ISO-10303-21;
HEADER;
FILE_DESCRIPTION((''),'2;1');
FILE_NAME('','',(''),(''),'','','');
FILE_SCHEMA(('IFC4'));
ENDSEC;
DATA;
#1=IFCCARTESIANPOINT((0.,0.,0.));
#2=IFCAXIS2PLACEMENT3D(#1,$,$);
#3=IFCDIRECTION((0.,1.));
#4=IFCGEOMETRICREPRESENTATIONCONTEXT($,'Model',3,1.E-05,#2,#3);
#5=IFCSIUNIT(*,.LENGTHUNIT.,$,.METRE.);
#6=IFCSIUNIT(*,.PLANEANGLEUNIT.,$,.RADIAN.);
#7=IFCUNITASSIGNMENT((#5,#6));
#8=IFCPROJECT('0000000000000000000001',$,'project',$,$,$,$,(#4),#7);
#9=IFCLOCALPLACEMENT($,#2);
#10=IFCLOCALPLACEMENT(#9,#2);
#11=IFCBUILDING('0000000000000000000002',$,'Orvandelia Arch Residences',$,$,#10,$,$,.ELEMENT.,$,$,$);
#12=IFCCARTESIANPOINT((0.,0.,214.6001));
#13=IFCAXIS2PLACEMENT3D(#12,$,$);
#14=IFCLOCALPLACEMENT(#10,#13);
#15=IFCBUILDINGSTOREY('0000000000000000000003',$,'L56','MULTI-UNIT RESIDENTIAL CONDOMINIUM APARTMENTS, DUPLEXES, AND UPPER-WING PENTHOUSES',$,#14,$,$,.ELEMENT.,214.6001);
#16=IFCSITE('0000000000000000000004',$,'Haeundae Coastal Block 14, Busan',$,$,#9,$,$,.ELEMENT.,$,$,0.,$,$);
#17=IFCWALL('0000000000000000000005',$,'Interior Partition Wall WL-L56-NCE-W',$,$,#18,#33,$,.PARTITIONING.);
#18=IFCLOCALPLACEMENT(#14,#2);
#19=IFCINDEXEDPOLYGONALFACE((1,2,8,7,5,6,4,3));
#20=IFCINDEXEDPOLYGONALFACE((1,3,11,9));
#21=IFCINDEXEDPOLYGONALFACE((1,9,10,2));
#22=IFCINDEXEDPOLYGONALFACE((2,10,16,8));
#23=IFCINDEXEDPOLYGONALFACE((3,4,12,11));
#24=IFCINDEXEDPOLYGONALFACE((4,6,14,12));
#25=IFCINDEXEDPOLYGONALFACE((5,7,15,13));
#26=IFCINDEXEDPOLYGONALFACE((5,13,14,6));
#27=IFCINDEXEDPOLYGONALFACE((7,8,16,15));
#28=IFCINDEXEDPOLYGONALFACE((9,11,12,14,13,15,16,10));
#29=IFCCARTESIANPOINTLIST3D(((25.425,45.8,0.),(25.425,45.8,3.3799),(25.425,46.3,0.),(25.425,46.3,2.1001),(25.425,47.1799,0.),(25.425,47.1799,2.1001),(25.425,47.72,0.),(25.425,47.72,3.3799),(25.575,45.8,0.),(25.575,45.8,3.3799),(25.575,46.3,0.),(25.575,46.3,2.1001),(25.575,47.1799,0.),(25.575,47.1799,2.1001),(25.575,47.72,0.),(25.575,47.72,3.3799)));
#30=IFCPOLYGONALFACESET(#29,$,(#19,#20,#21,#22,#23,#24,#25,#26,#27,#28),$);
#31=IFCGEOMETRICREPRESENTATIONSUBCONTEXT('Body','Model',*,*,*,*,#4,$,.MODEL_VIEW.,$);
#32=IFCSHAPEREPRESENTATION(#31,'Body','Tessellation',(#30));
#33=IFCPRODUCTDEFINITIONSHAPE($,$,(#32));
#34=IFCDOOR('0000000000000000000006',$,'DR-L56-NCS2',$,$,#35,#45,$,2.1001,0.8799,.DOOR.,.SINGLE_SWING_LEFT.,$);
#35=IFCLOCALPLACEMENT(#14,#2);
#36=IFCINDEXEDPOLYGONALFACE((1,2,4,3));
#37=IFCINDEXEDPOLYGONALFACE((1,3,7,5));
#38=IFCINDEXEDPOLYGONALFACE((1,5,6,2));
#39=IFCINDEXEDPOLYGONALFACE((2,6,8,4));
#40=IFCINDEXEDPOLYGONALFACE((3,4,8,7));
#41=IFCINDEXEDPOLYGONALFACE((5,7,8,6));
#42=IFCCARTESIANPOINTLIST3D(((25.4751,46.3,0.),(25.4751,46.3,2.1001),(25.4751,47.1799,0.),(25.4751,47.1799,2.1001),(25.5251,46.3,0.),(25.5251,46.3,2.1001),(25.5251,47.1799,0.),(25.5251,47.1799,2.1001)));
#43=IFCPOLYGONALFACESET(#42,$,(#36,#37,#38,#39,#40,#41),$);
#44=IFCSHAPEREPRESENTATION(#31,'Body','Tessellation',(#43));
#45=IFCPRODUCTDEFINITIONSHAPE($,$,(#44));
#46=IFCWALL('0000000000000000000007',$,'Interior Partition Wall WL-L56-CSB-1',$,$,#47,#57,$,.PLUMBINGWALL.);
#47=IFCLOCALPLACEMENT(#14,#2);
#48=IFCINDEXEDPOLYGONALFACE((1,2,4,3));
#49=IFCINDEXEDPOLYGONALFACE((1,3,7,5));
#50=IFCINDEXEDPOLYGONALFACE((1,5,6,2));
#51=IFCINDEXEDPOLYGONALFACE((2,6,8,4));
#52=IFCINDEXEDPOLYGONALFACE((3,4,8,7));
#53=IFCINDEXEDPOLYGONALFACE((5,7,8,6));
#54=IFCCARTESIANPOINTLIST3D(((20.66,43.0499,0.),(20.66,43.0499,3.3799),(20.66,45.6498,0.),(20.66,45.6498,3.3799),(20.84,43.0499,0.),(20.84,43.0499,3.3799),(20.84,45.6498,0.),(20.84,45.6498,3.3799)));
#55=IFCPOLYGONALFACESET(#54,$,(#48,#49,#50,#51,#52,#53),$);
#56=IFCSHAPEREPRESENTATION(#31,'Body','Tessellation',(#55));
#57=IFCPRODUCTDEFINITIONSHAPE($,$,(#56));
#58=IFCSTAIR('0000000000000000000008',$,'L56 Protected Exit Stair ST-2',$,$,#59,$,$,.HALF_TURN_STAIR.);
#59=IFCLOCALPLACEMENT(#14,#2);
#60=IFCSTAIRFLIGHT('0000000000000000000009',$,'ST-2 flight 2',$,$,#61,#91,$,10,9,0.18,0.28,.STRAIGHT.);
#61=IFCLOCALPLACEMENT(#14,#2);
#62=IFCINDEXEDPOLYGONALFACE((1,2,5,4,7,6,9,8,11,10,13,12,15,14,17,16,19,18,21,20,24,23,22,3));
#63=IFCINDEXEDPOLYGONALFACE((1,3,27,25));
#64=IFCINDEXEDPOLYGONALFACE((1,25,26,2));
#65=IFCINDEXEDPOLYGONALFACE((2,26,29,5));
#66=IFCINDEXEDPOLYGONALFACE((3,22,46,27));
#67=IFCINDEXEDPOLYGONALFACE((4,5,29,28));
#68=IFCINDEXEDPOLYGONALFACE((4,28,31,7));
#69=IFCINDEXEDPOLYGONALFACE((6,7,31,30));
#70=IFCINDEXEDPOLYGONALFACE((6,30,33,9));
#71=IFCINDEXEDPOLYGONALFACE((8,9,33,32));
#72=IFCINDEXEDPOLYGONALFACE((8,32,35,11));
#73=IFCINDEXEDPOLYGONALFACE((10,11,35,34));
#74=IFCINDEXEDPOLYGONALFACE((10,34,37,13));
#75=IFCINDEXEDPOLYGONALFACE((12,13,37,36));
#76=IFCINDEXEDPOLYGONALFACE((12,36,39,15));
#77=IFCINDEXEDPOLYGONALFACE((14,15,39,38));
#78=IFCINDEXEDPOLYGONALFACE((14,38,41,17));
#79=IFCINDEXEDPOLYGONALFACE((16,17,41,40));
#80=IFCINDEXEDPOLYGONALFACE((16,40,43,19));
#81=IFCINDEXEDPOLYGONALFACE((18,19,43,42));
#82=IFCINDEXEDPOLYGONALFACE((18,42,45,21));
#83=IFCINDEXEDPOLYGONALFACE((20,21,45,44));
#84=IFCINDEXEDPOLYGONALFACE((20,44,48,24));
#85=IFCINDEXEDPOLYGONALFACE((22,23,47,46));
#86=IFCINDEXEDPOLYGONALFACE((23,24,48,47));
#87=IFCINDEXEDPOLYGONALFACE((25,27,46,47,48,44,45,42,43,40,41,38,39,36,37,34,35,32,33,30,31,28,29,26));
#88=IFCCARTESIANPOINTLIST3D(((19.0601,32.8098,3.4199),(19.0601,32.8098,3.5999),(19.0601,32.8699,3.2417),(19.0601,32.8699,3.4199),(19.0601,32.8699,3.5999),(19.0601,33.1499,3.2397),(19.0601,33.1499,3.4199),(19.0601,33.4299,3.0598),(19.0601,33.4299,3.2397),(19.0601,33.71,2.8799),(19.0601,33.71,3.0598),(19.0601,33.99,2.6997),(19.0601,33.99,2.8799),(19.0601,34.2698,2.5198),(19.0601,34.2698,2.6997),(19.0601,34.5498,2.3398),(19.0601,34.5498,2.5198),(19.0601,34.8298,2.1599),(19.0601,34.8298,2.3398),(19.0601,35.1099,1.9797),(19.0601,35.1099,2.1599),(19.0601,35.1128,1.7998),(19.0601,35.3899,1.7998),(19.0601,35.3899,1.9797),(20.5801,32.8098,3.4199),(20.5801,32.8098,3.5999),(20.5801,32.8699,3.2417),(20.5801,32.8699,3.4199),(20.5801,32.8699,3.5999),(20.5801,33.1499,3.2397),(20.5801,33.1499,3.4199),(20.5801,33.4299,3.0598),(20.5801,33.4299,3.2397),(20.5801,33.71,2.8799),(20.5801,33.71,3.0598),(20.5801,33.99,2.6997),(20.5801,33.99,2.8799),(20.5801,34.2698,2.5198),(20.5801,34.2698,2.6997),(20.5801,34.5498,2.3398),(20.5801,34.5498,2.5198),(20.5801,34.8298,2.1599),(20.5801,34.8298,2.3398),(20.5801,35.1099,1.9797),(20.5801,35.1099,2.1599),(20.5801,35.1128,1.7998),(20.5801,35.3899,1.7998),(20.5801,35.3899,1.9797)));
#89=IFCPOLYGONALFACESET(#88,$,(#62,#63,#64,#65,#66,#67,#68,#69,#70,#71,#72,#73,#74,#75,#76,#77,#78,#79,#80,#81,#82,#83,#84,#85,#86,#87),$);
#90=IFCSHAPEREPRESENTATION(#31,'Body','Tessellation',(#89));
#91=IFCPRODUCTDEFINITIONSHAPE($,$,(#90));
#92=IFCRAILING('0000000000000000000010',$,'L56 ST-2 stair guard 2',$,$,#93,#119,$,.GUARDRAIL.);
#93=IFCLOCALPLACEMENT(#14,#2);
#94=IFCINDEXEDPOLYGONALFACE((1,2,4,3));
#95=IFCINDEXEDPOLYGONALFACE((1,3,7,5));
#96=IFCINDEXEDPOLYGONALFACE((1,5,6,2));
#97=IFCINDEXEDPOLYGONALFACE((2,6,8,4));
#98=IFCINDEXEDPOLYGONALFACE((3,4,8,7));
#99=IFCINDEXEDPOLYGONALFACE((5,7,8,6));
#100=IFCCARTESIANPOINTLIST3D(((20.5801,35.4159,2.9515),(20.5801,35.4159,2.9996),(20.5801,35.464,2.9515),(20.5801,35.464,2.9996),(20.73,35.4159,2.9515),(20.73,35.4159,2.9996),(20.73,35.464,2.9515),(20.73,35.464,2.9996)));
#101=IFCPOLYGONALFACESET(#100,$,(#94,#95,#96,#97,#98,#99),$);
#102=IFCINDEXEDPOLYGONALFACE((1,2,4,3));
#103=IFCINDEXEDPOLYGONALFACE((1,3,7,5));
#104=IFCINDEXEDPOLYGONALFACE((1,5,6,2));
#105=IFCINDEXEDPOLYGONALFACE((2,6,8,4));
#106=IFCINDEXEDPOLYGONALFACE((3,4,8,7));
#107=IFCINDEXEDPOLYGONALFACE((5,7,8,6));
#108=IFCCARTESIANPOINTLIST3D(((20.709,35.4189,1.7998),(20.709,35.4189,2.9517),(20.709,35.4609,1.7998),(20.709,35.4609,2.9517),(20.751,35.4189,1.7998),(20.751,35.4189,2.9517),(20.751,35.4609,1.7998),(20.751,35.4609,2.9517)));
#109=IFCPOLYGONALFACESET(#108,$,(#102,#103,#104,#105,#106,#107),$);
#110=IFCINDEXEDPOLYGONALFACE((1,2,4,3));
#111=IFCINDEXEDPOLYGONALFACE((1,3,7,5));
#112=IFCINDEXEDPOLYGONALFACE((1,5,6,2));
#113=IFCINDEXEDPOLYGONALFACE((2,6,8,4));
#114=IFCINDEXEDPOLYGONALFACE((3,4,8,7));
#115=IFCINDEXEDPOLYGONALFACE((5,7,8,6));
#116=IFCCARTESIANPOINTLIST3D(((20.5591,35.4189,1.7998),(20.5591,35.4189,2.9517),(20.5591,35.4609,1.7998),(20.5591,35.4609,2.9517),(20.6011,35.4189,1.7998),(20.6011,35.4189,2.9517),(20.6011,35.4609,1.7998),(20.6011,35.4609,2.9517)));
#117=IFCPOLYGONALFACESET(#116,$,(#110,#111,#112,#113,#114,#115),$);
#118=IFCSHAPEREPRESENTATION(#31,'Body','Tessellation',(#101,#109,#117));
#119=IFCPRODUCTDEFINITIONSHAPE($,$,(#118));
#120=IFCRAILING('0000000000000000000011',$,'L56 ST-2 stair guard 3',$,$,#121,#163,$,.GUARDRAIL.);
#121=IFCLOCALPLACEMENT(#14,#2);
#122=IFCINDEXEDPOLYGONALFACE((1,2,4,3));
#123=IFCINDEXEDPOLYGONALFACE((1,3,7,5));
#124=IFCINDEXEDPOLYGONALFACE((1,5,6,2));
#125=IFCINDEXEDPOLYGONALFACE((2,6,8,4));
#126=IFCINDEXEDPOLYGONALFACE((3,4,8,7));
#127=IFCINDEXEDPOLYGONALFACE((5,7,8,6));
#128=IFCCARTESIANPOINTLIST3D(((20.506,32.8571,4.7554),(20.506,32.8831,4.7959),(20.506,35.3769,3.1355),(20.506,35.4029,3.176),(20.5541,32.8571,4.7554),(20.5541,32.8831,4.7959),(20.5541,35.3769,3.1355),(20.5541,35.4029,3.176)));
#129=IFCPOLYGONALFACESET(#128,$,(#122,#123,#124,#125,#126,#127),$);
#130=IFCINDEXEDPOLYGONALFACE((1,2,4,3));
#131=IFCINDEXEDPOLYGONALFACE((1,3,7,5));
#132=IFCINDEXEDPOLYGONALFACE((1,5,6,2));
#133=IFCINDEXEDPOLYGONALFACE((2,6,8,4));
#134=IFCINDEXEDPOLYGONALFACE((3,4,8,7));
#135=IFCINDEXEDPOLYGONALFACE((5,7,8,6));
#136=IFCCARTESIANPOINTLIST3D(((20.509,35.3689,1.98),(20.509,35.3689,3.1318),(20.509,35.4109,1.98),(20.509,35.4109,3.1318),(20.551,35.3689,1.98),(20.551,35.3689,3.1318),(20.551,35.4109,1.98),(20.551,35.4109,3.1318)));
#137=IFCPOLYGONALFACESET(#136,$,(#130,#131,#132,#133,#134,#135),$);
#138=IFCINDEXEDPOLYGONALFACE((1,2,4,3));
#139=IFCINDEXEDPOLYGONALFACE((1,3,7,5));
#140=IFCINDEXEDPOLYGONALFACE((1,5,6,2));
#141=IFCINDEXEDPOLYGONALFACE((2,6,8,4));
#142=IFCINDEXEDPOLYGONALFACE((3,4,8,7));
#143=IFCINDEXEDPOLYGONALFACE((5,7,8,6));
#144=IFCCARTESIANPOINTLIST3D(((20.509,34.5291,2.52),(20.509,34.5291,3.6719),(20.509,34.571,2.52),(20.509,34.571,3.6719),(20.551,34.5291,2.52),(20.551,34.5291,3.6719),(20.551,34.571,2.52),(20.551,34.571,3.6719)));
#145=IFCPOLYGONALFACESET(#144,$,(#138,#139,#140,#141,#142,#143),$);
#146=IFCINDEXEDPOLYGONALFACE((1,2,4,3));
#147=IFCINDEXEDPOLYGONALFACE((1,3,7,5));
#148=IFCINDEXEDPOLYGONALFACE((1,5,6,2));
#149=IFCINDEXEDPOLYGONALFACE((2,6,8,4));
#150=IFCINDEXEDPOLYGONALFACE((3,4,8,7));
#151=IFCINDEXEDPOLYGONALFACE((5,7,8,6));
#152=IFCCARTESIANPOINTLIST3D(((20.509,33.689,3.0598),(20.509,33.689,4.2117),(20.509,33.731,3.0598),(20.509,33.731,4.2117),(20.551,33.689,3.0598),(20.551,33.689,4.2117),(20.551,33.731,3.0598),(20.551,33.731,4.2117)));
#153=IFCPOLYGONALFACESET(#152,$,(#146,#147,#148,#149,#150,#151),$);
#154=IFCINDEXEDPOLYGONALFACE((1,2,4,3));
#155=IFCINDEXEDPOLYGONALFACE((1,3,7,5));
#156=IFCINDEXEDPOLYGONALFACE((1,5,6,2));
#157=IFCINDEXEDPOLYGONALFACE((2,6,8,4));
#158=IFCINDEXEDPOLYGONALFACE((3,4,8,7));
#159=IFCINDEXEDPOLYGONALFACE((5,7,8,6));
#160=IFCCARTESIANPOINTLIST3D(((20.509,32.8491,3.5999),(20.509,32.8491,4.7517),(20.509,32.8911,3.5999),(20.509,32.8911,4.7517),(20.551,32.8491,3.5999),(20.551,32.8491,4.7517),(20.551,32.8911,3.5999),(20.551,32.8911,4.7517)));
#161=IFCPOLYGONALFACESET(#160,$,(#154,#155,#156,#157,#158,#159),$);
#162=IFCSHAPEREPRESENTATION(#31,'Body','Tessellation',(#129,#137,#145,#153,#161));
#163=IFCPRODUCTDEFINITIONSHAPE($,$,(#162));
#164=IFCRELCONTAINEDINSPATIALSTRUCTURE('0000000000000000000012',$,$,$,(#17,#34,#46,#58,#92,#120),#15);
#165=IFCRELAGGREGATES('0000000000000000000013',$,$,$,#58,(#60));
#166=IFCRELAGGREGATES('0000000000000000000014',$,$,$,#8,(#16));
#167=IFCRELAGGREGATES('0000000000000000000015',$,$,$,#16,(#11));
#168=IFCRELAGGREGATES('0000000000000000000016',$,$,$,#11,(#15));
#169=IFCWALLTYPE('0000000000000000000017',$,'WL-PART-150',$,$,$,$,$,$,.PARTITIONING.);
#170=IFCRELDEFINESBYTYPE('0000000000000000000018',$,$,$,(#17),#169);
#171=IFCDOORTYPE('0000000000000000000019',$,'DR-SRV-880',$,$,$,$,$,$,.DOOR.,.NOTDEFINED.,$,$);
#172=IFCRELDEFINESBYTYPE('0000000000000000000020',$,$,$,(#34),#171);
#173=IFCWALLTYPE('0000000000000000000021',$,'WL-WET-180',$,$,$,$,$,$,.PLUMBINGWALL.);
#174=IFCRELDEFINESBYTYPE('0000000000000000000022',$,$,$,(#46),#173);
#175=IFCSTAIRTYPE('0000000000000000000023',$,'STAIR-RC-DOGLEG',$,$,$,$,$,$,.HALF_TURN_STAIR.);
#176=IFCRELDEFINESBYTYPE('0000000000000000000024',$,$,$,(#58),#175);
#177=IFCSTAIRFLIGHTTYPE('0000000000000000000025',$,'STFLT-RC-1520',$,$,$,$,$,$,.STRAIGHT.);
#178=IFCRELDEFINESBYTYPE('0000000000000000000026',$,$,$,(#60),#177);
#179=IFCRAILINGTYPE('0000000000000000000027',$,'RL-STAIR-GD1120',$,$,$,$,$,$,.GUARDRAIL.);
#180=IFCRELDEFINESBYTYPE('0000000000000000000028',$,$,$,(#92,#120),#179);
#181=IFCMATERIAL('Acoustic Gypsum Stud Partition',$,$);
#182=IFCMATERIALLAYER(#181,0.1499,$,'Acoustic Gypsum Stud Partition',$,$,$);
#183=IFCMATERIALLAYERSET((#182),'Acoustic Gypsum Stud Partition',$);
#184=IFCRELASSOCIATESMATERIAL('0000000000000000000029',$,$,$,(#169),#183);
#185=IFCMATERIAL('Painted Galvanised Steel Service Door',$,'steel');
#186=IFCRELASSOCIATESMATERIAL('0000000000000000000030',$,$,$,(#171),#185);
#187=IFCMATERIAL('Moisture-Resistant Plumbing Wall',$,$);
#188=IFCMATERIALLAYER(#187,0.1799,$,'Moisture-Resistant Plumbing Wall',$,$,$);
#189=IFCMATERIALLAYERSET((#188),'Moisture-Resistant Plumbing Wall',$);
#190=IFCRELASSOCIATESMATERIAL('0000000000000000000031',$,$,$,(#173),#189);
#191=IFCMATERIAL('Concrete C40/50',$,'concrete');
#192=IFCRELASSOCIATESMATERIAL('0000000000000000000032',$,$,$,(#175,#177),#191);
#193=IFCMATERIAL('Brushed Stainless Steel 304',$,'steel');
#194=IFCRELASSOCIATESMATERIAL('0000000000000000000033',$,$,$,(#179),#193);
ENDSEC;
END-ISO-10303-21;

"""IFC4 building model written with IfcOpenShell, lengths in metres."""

from ifc_helpers import new_model, si_unit, direction, frame, frame_2d, origin, origin_2d, place, context, subcontext, project, spatial, polyline, rectangle, outline, extrude, material, layer, layer_set, type_object, element, fill, aggregate, save


model = new_model("IFC4")

# Units and contexts
model_context = context("Model", 3, precision=1e-05, world=origin(), true_north=direction((0.0, 1.0)))
body_context = subcontext(model_context, "Body", "Model", "MODEL_VIEW")
ifc_project = project(units=[si_unit("LENGTHUNIT", "METRE"), si_unit("PLANEANGLEUNIT", "RADIAN")], contexts=[model_context])

# Site, building, storey
site_placement = place(None, origin())
site = spatial("IfcSite", under=ifc_project, at=site_placement, Name="Haeundae Coastal Block 14, Busan", CompositionType="ELEMENT", RefElevation=0.0)
building_placement = place(site_placement, origin())
building = spatial("IfcBuilding", under=site, at=building_placement, Name="Orvandelia Arch Residences", CompositionType="ELEMENT")
storey_placement = place(building_placement, frame((0.0, 0.0, 214.6001)))
storey = spatial("IfcBuildingStorey", under=building, at=storey_placement, Name="L56", Description="MULTI-UNIT RESIDENTIAL CONDOMINIUM APARTMENTS, DUPLEXES, AND UPPER-WING PENTHOUSES", CompositionType="ELEMENT", Elevation=214.6001)

# Wall, opening, door
ifc_material_1 = material(Name="Acoustic Gypsum Stud Partition")
ifc_layer_1 = layer(ifc_material_1, 0.1499, Name="Acoustic Gypsum Stud Partition")
ifc_layer_set_1 = layer_set([ifc_layer_1], Name="Acoustic Gypsum Stud Partition")
wall_type_1 = type_object("IfcWallType", Name="WL-PART-150", PredefinedType="PARTITIONING", material=ifc_layer_set_1)
wall_1_placement = place(storey_placement, frame((25.5, 45.8, 0.0), z_axis=(0.0, 0.0, 1.0), x_axis=(0.0, 1.0, 0.0)))
wall_1 = element("IfcWall", 1, at=wall_1_placement, inside=storey, type_object=wall_type_1, Name="Interior Partition Wall WL-L56-NCE-W", PredefinedType="PARTITIONING", context=body_context, shape_type="SweptSolid", body=[
    extrude(rectangle(XDim=1.9199, YDim=0.1499, at=frame_2d((0.96, 0.0))), origin(), (0.0, 0.0, 1.0), 3.3799),
])
opening_1_placement = place(wall_1_placement, frame((0.5, 0.0, 0.0)))
opening_1 = element("IfcOpeningElement", 2, at=opening_1_placement, cuts=wall_1, PredefinedType="OPENING", context=body_context, shape_type="SweptSolid", body=[
    extrude(rectangle(XDim=0.8799, YDim=2.1001, at=frame_2d((0.4399, 1.05))), frame((0.0, 0.085, 0.0), z_axis=(0.0, -1.0, 0.0), x_axis=(1.0, 0.0, 0.0)), (0.0, 0.0, 1.0), 0.1699),
])
ifc_material_2 = material(Name="Painted Galvanised Steel Service Door", Category="steel")
door_type_1 = type_object("IfcDoorType", Name="DR-SRV-880", OperationType="NOTDEFINED", PredefinedType="DOOR", material=ifc_material_2)
door_1_placement = place(opening_1_placement, origin())
door_1 = element("IfcDoor", 3, at=door_1_placement, inside=storey, type_object=door_type_1, Name="DR-L56-NCS2", OperationType="SINGLE_SWING_LEFT", OverallHeight=2.1001, OverallWidth=0.8799, PredefinedType="DOOR", context=body_context, shape_type="SweptSolid", body=[
    extrude(rectangle(XDim=0.8799, YDim=2.1001, at=frame_2d((0.4399, 1.05))), frame((0.0, 0.0249, 0.0), z_axis=(0.0, -1.0, 0.0), x_axis=(1.0, 0.0, 0.0)), (0.0, 0.0, 1.0), 0.05),
])
fill(opening_1, door_1)

# Wall
ifc_material_3 = material(Name="Moisture-Resistant Plumbing Wall")
ifc_layer_2 = layer(ifc_material_3, 0.1799, Name="Moisture-Resistant Plumbing Wall")
ifc_layer_set_2 = layer_set([ifc_layer_2], Name="Moisture-Resistant Plumbing Wall")
wall_type_2 = type_object("IfcWallType", Name="WL-WET-180", PredefinedType="PLUMBINGWALL", material=ifc_layer_set_2)
wall_2_placement = place(storey_placement, frame((20.75, 43.05, 0.0), z_axis=(0.0, 0.0, 1.0), x_axis=(0.0, 1.0, 0.0)))
element("IfcWall", 4, at=wall_2_placement, inside=storey, type_object=wall_type_2, Name="Interior Partition Wall WL-L56-CSB-1", PredefinedType="PLUMBINGWALL", context=body_context, shape_type="SweptSolid", body=[
    extrude(rectangle(XDim=2.5999, YDim=0.1799, at=frame_2d((1.2998, 0.0))), origin(), (0.0, 0.0, 1.0), 3.3799),
])

# Stair, stair flight
ifc_material_4 = material(Name="Concrete C40/50", Category="concrete")
stair_type = type_object("IfcStairType", Name="STAIR-RC-DOGLEG", PredefinedType="HALF_TURN_STAIR", material=ifc_material_4)
stair_placement = place(storey_placement, origin())
stair = element("IfcStair", 5, at=stair_placement, inside=storey, type_object=stair_type, Name="L56 Protected Exit Stair ST-2", PredefinedType="HALF_TURN_STAIR")
stair_flight_type = type_object("IfcStairFlightType", Name="STFLT-RC-1520", PredefinedType="STRAIGHT", material=ifc_material_4)
stair_flight_placement = place(storey_placement, frame((19.8201, 35.3899, 1.7998), z_axis=(0.0, 0.0, 1.0), x_axis=(0.0, -1.0, 0.0)))
stair_flight = element("IfcStairFlight", 6, at=stair_flight_placement, type_object=stair_flight_type, Name="ST-2 flight 2", NumberOfRisers=10, NumberOfTreads=9, PredefinedType="STRAIGHT", RiserHeight=0.18, TreadLength=0.28, context=body_context, shape_type="SweptSolid", body=[
    extrude(outline(polyline([(0.0, 0.0), (0.0, 0.1799), (0.28, 0.1799), (0.28, 0.3601), (0.5601, 0.3601), (0.5601, 0.54), (0.8401, 0.54), (0.8401, 0.72), (1.1201, 0.72), (1.1201, 0.8999), (1.3999, 0.8999), (1.3999, 1.0801), (1.6799, 1.0801), (1.6799, 1.26), (1.96, 1.26), (1.96, 1.4399), (2.24, 1.4399), (2.24, 1.6201), (2.52, 1.6201), (2.52, 1.8), (2.5801, 1.8), (2.5801, 1.6201), (2.52, 1.4419), (0.2771, 0.0), (0.0, 0.0)])), frame((0.0, 0.76, 0.0), z_axis=(0.0, -1.0, 0.0), x_axis=(1.0, 0.0, 0.0)), (0.0, 0.0, 1.0), 1.52),
])
aggregate(stair, [stair_flight])

# Railings
ifc_material_5 = material(Name="Brushed Stainless Steel 304", Category="steel")
railing_type = type_object("IfcRailingType", Name="RL-STAIR-GD1120", PredefinedType="GUARDRAIL", material=ifc_material_5)
railing_1_placement = place(storey_placement, frame((20.73, 35.4399, 1.7998)))
element("IfcRailing", 7, at=railing_1_placement, inside=storey, type_object=railing_type, Name="L56 ST-2 stair guard 2", PredefinedType="GUARDRAIL", context=body_context, shape_type="SweptSolid", body=[
    extrude(rectangle(XDim=0.0481, YDim=0.0481, at=origin_2d()), frame((0.0, 0.0, 1.1758), z_axis=(-1.0, 0.0, 0.0), x_axis=(0.0, -1.0, 0.0)), (0.0, 0.0, 1.0), 0.1499),
    extrude(rectangle(XDim=0.042, YDim=0.042, at=origin_2d()), origin(), (0.0, 0.0, 1.0), 1.1519),
    extrude(rectangle(XDim=0.042, YDim=0.042, at=origin_2d()), frame((-0.1499, 0.0, 0.0)), (0.0, 0.0, 1.0), 1.1519),
])
railing_2_placement = place(storey_placement, frame((20.53, 35.3899, 1.98)))
element("IfcRailing", 8, at=railing_2_placement, inside=storey, type_object=railing_type, Name="L56 ST-2 stair guard 3", PredefinedType="GUARDRAIL", context=body_context, shape_type="SweptSolid", body=[
    extrude(rectangle(XDim=0.0481, YDim=0.0481, at=origin_2d()), frame((0.0, 0.0, 1.1758), z_axis=(0.0, -0.841176, 0.540762), x_axis=(1.0, 0.0, 0.0)), (0.0, 0.0, 1.0), 2.9956),
    extrude(rectangle(XDim=0.042, YDim=0.042, at=origin_2d()), origin(), (0.0, 0.0, 1.0), 1.1519),
    extrude(rectangle(XDim=0.042, YDim=0.042, at=origin_2d()), frame((0.0, -0.8398, 0.54)), (0.0, 0.0, 1.0), 1.1519),
    extrude(rectangle(XDim=0.042, YDim=0.042, at=origin_2d()), frame((0.0, -1.6799, 1.0798)), (0.0, 0.0, 1.0), 1.1519),
    extrude(rectangle(XDim=0.042, YDim=0.042, at=origin_2d()), frame((0.0, -2.5198, 1.6199)), (0.0, 0.0, 1.0), 1.1519),
])

save(model, "model.ifc")
